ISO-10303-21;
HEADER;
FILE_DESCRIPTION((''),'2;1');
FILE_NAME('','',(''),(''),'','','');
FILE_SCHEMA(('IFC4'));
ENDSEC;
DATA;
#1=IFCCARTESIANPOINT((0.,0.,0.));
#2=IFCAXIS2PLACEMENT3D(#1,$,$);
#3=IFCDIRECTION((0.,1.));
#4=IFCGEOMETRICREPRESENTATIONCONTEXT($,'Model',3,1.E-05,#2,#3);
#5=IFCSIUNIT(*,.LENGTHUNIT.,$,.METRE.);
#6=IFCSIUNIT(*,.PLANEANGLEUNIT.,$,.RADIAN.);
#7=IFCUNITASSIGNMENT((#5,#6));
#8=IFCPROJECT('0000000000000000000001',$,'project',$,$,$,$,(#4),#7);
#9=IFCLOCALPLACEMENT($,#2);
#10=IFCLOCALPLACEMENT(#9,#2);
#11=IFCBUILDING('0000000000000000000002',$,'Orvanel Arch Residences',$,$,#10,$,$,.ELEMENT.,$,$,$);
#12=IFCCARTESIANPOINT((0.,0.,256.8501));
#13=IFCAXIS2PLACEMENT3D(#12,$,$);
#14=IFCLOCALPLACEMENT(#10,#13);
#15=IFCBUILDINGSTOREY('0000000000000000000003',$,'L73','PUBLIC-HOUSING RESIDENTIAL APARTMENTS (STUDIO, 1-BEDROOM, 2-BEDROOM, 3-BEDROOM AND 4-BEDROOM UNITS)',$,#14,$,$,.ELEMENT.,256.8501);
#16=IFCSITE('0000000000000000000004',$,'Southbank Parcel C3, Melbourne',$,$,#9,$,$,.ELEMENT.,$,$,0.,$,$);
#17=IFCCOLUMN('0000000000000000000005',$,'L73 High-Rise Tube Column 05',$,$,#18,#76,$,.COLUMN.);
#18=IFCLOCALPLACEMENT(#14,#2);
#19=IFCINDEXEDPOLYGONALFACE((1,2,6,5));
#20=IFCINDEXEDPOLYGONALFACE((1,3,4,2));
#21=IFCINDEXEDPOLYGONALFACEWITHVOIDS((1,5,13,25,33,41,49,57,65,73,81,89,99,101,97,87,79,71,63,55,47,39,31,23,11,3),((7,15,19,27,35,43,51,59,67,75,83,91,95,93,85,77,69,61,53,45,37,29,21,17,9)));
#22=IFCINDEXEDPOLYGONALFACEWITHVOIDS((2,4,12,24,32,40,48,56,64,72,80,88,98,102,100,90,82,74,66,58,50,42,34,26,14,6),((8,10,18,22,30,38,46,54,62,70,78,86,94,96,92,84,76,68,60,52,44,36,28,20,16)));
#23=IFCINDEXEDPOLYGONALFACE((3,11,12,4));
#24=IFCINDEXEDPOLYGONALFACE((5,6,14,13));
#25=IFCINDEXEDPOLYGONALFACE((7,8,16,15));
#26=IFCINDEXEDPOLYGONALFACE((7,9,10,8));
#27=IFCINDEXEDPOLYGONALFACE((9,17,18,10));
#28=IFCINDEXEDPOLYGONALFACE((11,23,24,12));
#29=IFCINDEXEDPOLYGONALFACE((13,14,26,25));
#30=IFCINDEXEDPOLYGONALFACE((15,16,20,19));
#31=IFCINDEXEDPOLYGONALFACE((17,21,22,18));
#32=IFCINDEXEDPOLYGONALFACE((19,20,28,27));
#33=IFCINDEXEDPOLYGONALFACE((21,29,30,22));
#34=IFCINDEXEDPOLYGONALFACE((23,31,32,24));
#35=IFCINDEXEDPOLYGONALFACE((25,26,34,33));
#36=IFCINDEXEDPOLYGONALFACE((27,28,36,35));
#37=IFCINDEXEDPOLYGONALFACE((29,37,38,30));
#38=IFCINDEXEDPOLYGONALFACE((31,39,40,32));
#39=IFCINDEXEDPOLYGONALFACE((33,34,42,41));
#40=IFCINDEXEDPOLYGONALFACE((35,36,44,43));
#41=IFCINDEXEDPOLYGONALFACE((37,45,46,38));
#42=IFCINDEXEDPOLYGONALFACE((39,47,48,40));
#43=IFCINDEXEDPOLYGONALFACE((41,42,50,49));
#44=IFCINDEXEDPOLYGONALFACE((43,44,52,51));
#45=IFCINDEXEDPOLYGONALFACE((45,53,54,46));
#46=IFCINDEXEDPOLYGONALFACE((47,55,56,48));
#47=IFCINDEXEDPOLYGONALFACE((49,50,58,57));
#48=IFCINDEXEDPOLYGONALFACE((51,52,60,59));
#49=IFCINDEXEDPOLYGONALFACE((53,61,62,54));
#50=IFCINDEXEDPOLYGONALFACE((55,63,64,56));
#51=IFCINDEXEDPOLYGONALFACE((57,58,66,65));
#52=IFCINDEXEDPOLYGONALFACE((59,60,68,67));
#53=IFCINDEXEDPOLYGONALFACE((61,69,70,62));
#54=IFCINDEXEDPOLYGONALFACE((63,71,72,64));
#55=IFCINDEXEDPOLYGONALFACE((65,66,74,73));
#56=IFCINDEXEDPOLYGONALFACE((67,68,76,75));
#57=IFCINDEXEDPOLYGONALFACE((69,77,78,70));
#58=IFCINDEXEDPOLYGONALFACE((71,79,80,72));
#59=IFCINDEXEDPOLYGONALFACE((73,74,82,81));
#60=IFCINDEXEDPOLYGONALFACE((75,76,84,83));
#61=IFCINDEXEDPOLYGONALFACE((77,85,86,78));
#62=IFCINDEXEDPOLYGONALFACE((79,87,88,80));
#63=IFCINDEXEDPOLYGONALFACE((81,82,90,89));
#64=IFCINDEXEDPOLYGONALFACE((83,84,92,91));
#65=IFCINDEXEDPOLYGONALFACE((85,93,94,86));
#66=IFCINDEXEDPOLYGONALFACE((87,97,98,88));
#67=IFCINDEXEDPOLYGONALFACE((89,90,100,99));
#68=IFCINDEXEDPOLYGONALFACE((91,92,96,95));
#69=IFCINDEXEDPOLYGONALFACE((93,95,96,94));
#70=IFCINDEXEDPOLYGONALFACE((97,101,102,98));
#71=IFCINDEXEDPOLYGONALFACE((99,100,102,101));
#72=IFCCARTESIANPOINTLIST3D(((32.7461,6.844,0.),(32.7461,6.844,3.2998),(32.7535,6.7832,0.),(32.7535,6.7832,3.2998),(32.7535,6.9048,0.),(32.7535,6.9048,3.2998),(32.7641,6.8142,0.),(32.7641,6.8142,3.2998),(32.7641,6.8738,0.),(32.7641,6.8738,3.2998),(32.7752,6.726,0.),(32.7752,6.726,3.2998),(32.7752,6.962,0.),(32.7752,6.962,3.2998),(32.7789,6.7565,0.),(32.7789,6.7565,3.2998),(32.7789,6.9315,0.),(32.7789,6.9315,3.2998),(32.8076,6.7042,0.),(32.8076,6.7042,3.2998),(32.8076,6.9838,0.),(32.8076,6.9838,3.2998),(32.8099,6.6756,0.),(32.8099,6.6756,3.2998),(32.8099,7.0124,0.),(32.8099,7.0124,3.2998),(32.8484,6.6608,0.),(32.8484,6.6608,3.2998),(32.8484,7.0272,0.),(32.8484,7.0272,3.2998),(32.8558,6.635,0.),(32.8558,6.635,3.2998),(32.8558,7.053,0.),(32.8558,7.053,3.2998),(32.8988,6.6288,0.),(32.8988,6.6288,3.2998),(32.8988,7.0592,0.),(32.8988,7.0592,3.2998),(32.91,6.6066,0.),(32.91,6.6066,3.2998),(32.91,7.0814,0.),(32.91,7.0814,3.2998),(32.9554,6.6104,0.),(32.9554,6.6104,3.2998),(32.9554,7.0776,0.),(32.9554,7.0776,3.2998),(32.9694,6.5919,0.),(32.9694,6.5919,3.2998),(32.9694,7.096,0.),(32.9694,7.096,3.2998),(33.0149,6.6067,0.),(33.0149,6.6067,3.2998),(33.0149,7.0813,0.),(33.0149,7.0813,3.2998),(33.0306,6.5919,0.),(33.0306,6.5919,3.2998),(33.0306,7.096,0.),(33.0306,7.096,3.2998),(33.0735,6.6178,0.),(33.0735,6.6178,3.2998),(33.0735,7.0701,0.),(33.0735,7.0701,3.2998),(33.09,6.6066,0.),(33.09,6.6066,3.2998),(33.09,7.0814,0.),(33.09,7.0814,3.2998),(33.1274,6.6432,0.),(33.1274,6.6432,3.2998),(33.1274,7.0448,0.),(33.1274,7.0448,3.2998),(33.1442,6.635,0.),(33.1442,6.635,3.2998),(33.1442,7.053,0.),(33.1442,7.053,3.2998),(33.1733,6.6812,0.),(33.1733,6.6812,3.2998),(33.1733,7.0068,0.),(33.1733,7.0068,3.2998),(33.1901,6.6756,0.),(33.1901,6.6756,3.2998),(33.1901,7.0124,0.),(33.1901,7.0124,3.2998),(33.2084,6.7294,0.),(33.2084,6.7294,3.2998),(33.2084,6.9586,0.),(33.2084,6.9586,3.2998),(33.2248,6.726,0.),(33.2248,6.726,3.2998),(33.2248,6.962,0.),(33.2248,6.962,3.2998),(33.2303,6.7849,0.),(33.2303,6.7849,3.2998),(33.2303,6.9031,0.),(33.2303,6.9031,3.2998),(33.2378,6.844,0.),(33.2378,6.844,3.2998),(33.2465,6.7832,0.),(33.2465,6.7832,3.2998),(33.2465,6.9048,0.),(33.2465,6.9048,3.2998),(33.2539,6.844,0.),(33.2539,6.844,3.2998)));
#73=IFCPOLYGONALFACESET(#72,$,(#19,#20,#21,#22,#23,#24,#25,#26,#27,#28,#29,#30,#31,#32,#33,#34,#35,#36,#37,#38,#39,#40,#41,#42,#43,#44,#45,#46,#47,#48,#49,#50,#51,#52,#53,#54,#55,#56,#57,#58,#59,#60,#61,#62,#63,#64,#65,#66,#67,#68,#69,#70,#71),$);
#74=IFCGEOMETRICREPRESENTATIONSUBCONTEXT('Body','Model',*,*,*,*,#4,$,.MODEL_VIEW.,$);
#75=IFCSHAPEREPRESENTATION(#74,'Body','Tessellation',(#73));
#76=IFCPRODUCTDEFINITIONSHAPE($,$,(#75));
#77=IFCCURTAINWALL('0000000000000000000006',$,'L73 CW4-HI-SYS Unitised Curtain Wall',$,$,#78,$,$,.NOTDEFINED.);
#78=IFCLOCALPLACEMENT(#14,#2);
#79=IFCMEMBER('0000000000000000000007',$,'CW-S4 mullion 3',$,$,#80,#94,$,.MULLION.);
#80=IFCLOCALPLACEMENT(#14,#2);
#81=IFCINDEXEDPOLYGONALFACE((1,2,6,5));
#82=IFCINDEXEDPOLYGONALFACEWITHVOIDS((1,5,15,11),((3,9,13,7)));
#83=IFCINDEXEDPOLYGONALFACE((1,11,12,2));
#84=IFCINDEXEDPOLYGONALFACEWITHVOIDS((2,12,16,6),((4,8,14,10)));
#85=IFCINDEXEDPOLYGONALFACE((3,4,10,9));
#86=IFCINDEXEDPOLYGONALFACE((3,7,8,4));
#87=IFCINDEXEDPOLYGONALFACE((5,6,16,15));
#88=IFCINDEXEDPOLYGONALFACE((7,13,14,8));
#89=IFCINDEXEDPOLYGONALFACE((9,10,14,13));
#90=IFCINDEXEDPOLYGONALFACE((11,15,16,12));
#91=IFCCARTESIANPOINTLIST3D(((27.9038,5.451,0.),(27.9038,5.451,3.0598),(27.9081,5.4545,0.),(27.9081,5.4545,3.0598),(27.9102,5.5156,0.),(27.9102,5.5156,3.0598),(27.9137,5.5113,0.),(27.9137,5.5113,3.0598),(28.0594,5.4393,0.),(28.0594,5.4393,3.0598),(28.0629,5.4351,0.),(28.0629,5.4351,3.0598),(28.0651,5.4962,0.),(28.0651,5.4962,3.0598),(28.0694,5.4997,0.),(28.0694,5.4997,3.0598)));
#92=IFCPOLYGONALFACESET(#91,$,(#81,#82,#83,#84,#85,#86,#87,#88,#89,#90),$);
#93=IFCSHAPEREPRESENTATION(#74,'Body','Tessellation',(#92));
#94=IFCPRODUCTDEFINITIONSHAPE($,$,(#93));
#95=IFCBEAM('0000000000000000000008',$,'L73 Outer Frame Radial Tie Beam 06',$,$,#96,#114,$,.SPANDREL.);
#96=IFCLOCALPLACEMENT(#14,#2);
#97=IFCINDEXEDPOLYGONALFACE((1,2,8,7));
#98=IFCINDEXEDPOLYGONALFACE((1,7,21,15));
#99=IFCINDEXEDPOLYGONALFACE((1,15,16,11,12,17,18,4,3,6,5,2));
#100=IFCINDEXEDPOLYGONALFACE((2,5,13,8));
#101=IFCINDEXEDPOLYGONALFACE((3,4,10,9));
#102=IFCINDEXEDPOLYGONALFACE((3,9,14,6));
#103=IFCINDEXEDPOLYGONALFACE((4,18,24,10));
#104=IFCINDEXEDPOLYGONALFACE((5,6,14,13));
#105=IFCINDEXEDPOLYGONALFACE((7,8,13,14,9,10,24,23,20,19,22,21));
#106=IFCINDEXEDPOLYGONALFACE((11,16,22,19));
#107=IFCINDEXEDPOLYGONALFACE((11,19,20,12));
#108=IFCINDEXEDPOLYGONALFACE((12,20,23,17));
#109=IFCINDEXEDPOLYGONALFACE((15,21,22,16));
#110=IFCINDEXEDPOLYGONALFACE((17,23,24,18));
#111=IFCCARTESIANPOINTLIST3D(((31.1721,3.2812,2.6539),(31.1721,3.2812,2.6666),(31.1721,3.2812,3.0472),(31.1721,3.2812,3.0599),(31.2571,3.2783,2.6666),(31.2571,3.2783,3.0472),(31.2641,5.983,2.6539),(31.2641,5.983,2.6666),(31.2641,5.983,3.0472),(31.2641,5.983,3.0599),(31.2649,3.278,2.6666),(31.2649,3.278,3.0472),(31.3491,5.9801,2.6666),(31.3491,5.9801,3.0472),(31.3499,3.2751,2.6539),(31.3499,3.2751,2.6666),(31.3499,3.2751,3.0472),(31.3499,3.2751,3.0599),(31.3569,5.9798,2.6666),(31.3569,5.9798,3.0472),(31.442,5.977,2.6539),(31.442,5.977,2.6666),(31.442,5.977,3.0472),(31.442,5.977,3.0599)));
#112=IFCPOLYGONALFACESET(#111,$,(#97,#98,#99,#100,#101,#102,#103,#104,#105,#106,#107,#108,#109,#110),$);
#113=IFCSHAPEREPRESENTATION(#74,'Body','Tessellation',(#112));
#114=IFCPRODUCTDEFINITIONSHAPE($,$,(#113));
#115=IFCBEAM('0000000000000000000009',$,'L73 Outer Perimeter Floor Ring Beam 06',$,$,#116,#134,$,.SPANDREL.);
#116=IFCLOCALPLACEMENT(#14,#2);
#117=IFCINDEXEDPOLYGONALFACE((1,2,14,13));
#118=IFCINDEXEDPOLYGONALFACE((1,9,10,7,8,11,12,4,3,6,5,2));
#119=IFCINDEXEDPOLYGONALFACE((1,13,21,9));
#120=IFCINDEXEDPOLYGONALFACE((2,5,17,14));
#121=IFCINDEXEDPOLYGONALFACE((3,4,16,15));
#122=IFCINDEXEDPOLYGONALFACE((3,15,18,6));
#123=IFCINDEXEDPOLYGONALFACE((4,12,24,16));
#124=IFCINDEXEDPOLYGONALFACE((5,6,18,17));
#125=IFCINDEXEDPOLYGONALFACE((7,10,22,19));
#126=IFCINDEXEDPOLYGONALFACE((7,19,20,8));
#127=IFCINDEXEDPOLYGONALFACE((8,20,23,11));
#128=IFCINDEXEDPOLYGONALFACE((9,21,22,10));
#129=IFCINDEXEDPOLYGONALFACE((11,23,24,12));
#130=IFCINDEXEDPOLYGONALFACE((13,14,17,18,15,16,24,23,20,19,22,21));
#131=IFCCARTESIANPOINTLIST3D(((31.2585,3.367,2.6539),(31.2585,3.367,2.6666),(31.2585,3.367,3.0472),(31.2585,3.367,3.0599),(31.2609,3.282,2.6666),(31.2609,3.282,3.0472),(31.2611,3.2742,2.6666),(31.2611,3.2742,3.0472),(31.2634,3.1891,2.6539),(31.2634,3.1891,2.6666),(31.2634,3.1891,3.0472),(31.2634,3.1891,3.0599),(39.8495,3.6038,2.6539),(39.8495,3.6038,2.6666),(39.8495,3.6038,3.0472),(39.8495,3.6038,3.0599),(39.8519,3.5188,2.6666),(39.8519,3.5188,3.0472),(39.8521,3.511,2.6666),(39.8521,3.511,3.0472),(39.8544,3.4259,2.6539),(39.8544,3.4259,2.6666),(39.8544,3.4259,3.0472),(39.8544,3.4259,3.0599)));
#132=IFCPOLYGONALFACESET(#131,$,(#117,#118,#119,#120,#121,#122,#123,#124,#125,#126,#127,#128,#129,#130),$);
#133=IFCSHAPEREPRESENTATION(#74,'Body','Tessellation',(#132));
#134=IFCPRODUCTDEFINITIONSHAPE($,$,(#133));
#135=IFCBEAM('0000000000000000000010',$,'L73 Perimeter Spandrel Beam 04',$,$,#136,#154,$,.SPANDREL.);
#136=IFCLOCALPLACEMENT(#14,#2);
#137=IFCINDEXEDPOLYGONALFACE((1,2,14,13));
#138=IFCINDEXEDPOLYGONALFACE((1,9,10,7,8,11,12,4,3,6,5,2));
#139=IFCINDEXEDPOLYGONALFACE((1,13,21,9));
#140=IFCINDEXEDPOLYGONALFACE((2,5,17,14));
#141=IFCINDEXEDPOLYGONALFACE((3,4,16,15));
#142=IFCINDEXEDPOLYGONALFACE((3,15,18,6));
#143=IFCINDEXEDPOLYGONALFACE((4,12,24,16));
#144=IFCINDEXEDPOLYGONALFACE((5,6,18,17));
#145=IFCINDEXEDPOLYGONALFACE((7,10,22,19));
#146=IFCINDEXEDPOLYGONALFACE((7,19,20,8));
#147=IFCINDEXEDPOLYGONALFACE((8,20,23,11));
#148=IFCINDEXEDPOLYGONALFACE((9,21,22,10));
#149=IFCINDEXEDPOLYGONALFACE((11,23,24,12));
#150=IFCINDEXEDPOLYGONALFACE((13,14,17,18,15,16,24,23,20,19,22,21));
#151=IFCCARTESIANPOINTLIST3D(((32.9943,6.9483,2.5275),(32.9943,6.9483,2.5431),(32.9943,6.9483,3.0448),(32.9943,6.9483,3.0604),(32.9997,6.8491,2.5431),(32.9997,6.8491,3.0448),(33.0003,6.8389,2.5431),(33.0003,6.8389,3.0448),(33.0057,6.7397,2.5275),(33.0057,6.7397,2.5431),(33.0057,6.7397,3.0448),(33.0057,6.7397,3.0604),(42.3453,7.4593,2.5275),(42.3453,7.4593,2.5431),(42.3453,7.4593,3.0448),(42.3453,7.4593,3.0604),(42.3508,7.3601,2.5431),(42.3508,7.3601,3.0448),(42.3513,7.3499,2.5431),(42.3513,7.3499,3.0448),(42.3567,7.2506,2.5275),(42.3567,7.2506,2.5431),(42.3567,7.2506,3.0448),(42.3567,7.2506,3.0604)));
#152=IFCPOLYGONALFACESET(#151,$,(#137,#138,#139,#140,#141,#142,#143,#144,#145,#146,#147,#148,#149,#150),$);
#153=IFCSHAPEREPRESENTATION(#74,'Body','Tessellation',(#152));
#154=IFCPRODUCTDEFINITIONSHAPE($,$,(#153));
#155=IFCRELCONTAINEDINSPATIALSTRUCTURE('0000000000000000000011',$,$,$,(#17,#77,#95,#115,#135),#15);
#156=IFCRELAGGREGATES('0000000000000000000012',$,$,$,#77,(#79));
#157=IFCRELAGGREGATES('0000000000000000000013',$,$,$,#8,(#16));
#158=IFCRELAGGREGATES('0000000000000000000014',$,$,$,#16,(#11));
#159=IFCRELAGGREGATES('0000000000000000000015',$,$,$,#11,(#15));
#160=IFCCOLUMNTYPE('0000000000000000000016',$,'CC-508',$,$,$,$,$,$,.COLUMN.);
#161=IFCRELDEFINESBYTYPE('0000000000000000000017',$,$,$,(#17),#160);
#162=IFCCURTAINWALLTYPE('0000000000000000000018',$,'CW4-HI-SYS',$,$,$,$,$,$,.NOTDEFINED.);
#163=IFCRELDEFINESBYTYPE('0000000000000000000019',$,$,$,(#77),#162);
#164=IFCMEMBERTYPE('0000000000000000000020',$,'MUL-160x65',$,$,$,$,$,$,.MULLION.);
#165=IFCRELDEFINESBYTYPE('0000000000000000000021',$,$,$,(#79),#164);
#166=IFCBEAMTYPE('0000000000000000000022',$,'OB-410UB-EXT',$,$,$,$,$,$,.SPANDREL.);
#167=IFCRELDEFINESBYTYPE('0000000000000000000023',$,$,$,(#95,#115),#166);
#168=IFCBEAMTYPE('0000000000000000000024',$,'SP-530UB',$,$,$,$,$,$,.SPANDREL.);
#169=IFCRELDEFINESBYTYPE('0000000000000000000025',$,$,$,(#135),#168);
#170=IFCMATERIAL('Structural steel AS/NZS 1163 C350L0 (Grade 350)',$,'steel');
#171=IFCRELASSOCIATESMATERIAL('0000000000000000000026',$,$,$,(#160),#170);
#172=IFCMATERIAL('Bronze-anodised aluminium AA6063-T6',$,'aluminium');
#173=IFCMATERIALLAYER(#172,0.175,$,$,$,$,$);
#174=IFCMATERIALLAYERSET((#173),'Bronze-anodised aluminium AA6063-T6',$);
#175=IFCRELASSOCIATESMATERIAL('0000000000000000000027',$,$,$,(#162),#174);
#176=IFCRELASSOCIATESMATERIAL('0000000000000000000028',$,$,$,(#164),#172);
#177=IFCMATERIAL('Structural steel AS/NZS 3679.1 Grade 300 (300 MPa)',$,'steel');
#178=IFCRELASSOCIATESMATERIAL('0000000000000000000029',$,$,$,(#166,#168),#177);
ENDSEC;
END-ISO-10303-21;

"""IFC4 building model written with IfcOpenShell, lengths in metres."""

from ifc_helpers import new_model, si_unit, direction, frame, origin, origin_2d, place, context, subcontext, project, spatial, hollow_rectangle, hollow_circle, i_section, extrude, material, layer, layer_set, material_profile, profile_set, type_object, element, aggregate, save


model = new_model("IFC4")

# Units and contexts
model_context = context("Model", 3, precision=1e-05, world=origin(), true_north=direction((0.0, 1.0)))
body_context = subcontext(model_context, "Body", "Model", "MODEL_VIEW")
ifc_project = project(units=[si_unit("LENGTHUNIT", "METRE"), si_unit("PLANEANGLEUNIT", "RADIAN")], contexts=[model_context])

# Site, building, storey
site_placement = place(None, origin())
site = spatial("IfcSite", under=ifc_project, at=site_placement, Name="Southbank Parcel C3, Melbourne", CompositionType="ELEMENT", RefElevation=0.0)
building_placement = place(site_placement, origin())
building = spatial("IfcBuilding", under=site, at=building_placement, Name="Orvanel Arch Residences", CompositionType="ELEMENT")
storey_placement = place(building_placement, frame((0.0, 0.0, 256.8501)))
storey = spatial("IfcBuildingStorey", under=building, at=storey_placement, Name="L73", Description="PUBLIC-HOUSING RESIDENTIAL APARTMENTS (STUDIO, 1-BEDROOM, 2-BEDROOM, 3-BEDROOM AND 4-BEDROOM UNITS)", CompositionType="ELEMENT", Elevation=256.8501)

# Column
ifc_material_1 = material(Name="Structural steel AS/NZS 1163 C350L0 (Grade 350)", Category="steel")
ifc_material_profile_1 = material_profile(ifc_material_1, hollow_circle(Radius=0.2539, WallThickness=0.0161, at=origin_2d()), Name="CHS508x16")
ifc_profile_set_1 = profile_set([ifc_material_profile_1], Name="Structural steel AS/NZS 1163 C350L0 (Grade 350)")
column_type = type_object("IfcColumnType", Name="CC-508", PredefinedType="COLUMN", material=ifc_profile_set_1)
column_placement = place(storey_placement, frame((33.0, 6.844, 0.0), z_axis=(0.0, 0.0, 1.0), x_axis=(1.0, 0.0, 0.0)))
element("IfcColumn", 1, at=column_placement, inside=storey, type_object=column_type, Name="L73 High-Rise Tube Column 05", PredefinedType="COLUMN", context=body_context, shape_type="SweptSolid", body=[
    extrude(hollow_circle(Radius=0.2539, WallThickness=0.0161, at=origin_2d()), origin(), (0.0, 0.0, 1.0), 3.2998),
])

# Curtain wall, member
ifc_material_2 = material(Name="Bronze-anodised aluminium AA6063-T6", Category="aluminium")
ifc_layer_1 = layer(ifc_material_2, 0.175)
ifc_layer_set_1 = layer_set([ifc_layer_1], Name="Bronze-anodised aluminium AA6063-T6")
curtain_wall_type = type_object("IfcCurtainWallType", Name="CW4-HI-SYS", PredefinedType="NOTDEFINED", material=ifc_layer_set_1)
curtain_wall_placement = place(storey_placement, origin())
curtain_wall = element("IfcCurtainWall", 2, at=curtain_wall_placement, inside=storey, type_object=curtain_wall_type, Name="L73 CW4-HI-SYS Unitised Curtain Wall", PredefinedType="NOTDEFINED")
ifc_material_profile_2 = material_profile(ifc_material_2, hollow_rectangle(XDim=0.0649, YDim=0.1599, WallThickness=0.0039, at=origin_2d()), Name="ALU160x65x4")
ifc_profile_set_2 = profile_set([ifc_material_profile_2], Name="Bronze-anodised aluminium AA6063-T6")
member_type_1 = type_object("IfcMemberType", Name="MUL-160x65", PredefinedType="MULLION", material=ifc_profile_set_2)
member_1_placement = place(storey_placement, frame((27.9866, 5.4753, 0.0), z_axis=(0.0, 0.0, 1.0), x_axis=(0.099583, 0.995029, 0.0)))
member_1 = element("IfcMember", 3, at=member_1_placement, type_object=member_type_1, Name="CW-S4 mullion 3", PredefinedType="MULLION", context=body_context, shape_type="SweptSolid", body=[
    extrude(hollow_rectangle(XDim=0.0649, YDim=0.1599, WallThickness=0.0039, at=origin_2d()), origin(), (0.0, 0.0, 1.0), 3.0598),
])

# Beams
ifc_material_3 = material(Name="Structural steel AS/NZS 3679.1 Grade 300 (300 MPa)", Category="steel")
ifc_material_profile_3 = material_profile(ifc_material_3, i_section(OverallWidth=0.178, OverallDepth=0.406, WebThickness=0.0078, FlangeThickness=0.0127, at=origin_2d()), Name="410UB59.7")
ifc_profile_set_3 = profile_set([ifc_material_profile_3], Name="Structural steel AS/NZS 3679.1 Grade 300 (300 MPa)")
beam_type_1 = type_object("IfcBeamType", Name="OB-410UB-EXT", PredefinedType="SPANDREL", material=ifc_profile_set_3)
beam_1_placement = place(storey_placement, frame((31.353, 5.98, 2.8569), z_axis=(-0.034045, -0.99942, 0.0), x_axis=(0.99942, -0.034045, 0.0)))
element("IfcBeam", 4, at=beam_1_placement, inside=storey, type_object=beam_type_1, Name="L73 Outer Frame Radial Tie Beam 06", PredefinedType="SPANDREL", context=body_context, shape_type="SweptSolid", body=[
    extrude(i_section(OverallWidth=0.178, OverallDepth=0.406, WebThickness=0.0078, FlangeThickness=0.0127, at=origin_2d()), origin(), (0.0, 0.0, 1.0), 2.7034),
])
beam_2_placement = place(storey_placement, frame((31.261, 3.2781, 2.8569), z_axis=(0.99962, 0.027555, 0.0), x_axis=(-0.027555, 0.99962, 0.0)))
element("IfcBeam", 5, at=beam_2_placement, inside=storey, type_object=beam_type_1, Name="L73 Outer Perimeter Floor Ring Beam 06", PredefinedType="SPANDREL", context=body_context, shape_type="SweptSolid", body=[
    extrude(i_section(OverallWidth=0.178, OverallDepth=0.406, WebThickness=0.0078, FlangeThickness=0.0127, at=origin_2d()), origin(), (0.0, 0.0, 1.0), 8.5942),
])
ifc_material_profile_4 = material_profile(ifc_material_3, i_section(OverallWidth=0.209, OverallDepth=0.533, WebThickness=0.0103, FlangeThickness=0.0156, at=origin_2d()), Name="530UB92.4")
ifc_profile_set_4 = profile_set([ifc_material_profile_4], Name="Structural steel AS/NZS 3679.1 Grade 300 (300 MPa)")
beam_type_2 = type_object("IfcBeamType", Name="SP-530UB", PredefinedType="SPANDREL", material=ifc_profile_set_4)
beam_3_placement = place(storey_placement, frame((33.0, 6.844, 2.7939), z_axis=(0.99851, 0.054563, 0.0), x_axis=(-0.054563, 0.99851, 0.0)))
element("IfcBeam", 6, at=beam_3_placement, inside=storey, type_object=beam_type_2, Name="L73 Perimeter Spandrel Beam 04", PredefinedType="SPANDREL", context=body_context, shape_type="SweptSolid", body=[
    extrude(i_section(OverallWidth=0.209, OverallDepth=0.533, WebThickness=0.0103, FlangeThickness=0.0156, at=origin_2d()), origin(), (0.0, 0.0, 1.0), 9.365),
])

aggregate(curtain_wall, [member_1])

save(model, "model.ifc")
